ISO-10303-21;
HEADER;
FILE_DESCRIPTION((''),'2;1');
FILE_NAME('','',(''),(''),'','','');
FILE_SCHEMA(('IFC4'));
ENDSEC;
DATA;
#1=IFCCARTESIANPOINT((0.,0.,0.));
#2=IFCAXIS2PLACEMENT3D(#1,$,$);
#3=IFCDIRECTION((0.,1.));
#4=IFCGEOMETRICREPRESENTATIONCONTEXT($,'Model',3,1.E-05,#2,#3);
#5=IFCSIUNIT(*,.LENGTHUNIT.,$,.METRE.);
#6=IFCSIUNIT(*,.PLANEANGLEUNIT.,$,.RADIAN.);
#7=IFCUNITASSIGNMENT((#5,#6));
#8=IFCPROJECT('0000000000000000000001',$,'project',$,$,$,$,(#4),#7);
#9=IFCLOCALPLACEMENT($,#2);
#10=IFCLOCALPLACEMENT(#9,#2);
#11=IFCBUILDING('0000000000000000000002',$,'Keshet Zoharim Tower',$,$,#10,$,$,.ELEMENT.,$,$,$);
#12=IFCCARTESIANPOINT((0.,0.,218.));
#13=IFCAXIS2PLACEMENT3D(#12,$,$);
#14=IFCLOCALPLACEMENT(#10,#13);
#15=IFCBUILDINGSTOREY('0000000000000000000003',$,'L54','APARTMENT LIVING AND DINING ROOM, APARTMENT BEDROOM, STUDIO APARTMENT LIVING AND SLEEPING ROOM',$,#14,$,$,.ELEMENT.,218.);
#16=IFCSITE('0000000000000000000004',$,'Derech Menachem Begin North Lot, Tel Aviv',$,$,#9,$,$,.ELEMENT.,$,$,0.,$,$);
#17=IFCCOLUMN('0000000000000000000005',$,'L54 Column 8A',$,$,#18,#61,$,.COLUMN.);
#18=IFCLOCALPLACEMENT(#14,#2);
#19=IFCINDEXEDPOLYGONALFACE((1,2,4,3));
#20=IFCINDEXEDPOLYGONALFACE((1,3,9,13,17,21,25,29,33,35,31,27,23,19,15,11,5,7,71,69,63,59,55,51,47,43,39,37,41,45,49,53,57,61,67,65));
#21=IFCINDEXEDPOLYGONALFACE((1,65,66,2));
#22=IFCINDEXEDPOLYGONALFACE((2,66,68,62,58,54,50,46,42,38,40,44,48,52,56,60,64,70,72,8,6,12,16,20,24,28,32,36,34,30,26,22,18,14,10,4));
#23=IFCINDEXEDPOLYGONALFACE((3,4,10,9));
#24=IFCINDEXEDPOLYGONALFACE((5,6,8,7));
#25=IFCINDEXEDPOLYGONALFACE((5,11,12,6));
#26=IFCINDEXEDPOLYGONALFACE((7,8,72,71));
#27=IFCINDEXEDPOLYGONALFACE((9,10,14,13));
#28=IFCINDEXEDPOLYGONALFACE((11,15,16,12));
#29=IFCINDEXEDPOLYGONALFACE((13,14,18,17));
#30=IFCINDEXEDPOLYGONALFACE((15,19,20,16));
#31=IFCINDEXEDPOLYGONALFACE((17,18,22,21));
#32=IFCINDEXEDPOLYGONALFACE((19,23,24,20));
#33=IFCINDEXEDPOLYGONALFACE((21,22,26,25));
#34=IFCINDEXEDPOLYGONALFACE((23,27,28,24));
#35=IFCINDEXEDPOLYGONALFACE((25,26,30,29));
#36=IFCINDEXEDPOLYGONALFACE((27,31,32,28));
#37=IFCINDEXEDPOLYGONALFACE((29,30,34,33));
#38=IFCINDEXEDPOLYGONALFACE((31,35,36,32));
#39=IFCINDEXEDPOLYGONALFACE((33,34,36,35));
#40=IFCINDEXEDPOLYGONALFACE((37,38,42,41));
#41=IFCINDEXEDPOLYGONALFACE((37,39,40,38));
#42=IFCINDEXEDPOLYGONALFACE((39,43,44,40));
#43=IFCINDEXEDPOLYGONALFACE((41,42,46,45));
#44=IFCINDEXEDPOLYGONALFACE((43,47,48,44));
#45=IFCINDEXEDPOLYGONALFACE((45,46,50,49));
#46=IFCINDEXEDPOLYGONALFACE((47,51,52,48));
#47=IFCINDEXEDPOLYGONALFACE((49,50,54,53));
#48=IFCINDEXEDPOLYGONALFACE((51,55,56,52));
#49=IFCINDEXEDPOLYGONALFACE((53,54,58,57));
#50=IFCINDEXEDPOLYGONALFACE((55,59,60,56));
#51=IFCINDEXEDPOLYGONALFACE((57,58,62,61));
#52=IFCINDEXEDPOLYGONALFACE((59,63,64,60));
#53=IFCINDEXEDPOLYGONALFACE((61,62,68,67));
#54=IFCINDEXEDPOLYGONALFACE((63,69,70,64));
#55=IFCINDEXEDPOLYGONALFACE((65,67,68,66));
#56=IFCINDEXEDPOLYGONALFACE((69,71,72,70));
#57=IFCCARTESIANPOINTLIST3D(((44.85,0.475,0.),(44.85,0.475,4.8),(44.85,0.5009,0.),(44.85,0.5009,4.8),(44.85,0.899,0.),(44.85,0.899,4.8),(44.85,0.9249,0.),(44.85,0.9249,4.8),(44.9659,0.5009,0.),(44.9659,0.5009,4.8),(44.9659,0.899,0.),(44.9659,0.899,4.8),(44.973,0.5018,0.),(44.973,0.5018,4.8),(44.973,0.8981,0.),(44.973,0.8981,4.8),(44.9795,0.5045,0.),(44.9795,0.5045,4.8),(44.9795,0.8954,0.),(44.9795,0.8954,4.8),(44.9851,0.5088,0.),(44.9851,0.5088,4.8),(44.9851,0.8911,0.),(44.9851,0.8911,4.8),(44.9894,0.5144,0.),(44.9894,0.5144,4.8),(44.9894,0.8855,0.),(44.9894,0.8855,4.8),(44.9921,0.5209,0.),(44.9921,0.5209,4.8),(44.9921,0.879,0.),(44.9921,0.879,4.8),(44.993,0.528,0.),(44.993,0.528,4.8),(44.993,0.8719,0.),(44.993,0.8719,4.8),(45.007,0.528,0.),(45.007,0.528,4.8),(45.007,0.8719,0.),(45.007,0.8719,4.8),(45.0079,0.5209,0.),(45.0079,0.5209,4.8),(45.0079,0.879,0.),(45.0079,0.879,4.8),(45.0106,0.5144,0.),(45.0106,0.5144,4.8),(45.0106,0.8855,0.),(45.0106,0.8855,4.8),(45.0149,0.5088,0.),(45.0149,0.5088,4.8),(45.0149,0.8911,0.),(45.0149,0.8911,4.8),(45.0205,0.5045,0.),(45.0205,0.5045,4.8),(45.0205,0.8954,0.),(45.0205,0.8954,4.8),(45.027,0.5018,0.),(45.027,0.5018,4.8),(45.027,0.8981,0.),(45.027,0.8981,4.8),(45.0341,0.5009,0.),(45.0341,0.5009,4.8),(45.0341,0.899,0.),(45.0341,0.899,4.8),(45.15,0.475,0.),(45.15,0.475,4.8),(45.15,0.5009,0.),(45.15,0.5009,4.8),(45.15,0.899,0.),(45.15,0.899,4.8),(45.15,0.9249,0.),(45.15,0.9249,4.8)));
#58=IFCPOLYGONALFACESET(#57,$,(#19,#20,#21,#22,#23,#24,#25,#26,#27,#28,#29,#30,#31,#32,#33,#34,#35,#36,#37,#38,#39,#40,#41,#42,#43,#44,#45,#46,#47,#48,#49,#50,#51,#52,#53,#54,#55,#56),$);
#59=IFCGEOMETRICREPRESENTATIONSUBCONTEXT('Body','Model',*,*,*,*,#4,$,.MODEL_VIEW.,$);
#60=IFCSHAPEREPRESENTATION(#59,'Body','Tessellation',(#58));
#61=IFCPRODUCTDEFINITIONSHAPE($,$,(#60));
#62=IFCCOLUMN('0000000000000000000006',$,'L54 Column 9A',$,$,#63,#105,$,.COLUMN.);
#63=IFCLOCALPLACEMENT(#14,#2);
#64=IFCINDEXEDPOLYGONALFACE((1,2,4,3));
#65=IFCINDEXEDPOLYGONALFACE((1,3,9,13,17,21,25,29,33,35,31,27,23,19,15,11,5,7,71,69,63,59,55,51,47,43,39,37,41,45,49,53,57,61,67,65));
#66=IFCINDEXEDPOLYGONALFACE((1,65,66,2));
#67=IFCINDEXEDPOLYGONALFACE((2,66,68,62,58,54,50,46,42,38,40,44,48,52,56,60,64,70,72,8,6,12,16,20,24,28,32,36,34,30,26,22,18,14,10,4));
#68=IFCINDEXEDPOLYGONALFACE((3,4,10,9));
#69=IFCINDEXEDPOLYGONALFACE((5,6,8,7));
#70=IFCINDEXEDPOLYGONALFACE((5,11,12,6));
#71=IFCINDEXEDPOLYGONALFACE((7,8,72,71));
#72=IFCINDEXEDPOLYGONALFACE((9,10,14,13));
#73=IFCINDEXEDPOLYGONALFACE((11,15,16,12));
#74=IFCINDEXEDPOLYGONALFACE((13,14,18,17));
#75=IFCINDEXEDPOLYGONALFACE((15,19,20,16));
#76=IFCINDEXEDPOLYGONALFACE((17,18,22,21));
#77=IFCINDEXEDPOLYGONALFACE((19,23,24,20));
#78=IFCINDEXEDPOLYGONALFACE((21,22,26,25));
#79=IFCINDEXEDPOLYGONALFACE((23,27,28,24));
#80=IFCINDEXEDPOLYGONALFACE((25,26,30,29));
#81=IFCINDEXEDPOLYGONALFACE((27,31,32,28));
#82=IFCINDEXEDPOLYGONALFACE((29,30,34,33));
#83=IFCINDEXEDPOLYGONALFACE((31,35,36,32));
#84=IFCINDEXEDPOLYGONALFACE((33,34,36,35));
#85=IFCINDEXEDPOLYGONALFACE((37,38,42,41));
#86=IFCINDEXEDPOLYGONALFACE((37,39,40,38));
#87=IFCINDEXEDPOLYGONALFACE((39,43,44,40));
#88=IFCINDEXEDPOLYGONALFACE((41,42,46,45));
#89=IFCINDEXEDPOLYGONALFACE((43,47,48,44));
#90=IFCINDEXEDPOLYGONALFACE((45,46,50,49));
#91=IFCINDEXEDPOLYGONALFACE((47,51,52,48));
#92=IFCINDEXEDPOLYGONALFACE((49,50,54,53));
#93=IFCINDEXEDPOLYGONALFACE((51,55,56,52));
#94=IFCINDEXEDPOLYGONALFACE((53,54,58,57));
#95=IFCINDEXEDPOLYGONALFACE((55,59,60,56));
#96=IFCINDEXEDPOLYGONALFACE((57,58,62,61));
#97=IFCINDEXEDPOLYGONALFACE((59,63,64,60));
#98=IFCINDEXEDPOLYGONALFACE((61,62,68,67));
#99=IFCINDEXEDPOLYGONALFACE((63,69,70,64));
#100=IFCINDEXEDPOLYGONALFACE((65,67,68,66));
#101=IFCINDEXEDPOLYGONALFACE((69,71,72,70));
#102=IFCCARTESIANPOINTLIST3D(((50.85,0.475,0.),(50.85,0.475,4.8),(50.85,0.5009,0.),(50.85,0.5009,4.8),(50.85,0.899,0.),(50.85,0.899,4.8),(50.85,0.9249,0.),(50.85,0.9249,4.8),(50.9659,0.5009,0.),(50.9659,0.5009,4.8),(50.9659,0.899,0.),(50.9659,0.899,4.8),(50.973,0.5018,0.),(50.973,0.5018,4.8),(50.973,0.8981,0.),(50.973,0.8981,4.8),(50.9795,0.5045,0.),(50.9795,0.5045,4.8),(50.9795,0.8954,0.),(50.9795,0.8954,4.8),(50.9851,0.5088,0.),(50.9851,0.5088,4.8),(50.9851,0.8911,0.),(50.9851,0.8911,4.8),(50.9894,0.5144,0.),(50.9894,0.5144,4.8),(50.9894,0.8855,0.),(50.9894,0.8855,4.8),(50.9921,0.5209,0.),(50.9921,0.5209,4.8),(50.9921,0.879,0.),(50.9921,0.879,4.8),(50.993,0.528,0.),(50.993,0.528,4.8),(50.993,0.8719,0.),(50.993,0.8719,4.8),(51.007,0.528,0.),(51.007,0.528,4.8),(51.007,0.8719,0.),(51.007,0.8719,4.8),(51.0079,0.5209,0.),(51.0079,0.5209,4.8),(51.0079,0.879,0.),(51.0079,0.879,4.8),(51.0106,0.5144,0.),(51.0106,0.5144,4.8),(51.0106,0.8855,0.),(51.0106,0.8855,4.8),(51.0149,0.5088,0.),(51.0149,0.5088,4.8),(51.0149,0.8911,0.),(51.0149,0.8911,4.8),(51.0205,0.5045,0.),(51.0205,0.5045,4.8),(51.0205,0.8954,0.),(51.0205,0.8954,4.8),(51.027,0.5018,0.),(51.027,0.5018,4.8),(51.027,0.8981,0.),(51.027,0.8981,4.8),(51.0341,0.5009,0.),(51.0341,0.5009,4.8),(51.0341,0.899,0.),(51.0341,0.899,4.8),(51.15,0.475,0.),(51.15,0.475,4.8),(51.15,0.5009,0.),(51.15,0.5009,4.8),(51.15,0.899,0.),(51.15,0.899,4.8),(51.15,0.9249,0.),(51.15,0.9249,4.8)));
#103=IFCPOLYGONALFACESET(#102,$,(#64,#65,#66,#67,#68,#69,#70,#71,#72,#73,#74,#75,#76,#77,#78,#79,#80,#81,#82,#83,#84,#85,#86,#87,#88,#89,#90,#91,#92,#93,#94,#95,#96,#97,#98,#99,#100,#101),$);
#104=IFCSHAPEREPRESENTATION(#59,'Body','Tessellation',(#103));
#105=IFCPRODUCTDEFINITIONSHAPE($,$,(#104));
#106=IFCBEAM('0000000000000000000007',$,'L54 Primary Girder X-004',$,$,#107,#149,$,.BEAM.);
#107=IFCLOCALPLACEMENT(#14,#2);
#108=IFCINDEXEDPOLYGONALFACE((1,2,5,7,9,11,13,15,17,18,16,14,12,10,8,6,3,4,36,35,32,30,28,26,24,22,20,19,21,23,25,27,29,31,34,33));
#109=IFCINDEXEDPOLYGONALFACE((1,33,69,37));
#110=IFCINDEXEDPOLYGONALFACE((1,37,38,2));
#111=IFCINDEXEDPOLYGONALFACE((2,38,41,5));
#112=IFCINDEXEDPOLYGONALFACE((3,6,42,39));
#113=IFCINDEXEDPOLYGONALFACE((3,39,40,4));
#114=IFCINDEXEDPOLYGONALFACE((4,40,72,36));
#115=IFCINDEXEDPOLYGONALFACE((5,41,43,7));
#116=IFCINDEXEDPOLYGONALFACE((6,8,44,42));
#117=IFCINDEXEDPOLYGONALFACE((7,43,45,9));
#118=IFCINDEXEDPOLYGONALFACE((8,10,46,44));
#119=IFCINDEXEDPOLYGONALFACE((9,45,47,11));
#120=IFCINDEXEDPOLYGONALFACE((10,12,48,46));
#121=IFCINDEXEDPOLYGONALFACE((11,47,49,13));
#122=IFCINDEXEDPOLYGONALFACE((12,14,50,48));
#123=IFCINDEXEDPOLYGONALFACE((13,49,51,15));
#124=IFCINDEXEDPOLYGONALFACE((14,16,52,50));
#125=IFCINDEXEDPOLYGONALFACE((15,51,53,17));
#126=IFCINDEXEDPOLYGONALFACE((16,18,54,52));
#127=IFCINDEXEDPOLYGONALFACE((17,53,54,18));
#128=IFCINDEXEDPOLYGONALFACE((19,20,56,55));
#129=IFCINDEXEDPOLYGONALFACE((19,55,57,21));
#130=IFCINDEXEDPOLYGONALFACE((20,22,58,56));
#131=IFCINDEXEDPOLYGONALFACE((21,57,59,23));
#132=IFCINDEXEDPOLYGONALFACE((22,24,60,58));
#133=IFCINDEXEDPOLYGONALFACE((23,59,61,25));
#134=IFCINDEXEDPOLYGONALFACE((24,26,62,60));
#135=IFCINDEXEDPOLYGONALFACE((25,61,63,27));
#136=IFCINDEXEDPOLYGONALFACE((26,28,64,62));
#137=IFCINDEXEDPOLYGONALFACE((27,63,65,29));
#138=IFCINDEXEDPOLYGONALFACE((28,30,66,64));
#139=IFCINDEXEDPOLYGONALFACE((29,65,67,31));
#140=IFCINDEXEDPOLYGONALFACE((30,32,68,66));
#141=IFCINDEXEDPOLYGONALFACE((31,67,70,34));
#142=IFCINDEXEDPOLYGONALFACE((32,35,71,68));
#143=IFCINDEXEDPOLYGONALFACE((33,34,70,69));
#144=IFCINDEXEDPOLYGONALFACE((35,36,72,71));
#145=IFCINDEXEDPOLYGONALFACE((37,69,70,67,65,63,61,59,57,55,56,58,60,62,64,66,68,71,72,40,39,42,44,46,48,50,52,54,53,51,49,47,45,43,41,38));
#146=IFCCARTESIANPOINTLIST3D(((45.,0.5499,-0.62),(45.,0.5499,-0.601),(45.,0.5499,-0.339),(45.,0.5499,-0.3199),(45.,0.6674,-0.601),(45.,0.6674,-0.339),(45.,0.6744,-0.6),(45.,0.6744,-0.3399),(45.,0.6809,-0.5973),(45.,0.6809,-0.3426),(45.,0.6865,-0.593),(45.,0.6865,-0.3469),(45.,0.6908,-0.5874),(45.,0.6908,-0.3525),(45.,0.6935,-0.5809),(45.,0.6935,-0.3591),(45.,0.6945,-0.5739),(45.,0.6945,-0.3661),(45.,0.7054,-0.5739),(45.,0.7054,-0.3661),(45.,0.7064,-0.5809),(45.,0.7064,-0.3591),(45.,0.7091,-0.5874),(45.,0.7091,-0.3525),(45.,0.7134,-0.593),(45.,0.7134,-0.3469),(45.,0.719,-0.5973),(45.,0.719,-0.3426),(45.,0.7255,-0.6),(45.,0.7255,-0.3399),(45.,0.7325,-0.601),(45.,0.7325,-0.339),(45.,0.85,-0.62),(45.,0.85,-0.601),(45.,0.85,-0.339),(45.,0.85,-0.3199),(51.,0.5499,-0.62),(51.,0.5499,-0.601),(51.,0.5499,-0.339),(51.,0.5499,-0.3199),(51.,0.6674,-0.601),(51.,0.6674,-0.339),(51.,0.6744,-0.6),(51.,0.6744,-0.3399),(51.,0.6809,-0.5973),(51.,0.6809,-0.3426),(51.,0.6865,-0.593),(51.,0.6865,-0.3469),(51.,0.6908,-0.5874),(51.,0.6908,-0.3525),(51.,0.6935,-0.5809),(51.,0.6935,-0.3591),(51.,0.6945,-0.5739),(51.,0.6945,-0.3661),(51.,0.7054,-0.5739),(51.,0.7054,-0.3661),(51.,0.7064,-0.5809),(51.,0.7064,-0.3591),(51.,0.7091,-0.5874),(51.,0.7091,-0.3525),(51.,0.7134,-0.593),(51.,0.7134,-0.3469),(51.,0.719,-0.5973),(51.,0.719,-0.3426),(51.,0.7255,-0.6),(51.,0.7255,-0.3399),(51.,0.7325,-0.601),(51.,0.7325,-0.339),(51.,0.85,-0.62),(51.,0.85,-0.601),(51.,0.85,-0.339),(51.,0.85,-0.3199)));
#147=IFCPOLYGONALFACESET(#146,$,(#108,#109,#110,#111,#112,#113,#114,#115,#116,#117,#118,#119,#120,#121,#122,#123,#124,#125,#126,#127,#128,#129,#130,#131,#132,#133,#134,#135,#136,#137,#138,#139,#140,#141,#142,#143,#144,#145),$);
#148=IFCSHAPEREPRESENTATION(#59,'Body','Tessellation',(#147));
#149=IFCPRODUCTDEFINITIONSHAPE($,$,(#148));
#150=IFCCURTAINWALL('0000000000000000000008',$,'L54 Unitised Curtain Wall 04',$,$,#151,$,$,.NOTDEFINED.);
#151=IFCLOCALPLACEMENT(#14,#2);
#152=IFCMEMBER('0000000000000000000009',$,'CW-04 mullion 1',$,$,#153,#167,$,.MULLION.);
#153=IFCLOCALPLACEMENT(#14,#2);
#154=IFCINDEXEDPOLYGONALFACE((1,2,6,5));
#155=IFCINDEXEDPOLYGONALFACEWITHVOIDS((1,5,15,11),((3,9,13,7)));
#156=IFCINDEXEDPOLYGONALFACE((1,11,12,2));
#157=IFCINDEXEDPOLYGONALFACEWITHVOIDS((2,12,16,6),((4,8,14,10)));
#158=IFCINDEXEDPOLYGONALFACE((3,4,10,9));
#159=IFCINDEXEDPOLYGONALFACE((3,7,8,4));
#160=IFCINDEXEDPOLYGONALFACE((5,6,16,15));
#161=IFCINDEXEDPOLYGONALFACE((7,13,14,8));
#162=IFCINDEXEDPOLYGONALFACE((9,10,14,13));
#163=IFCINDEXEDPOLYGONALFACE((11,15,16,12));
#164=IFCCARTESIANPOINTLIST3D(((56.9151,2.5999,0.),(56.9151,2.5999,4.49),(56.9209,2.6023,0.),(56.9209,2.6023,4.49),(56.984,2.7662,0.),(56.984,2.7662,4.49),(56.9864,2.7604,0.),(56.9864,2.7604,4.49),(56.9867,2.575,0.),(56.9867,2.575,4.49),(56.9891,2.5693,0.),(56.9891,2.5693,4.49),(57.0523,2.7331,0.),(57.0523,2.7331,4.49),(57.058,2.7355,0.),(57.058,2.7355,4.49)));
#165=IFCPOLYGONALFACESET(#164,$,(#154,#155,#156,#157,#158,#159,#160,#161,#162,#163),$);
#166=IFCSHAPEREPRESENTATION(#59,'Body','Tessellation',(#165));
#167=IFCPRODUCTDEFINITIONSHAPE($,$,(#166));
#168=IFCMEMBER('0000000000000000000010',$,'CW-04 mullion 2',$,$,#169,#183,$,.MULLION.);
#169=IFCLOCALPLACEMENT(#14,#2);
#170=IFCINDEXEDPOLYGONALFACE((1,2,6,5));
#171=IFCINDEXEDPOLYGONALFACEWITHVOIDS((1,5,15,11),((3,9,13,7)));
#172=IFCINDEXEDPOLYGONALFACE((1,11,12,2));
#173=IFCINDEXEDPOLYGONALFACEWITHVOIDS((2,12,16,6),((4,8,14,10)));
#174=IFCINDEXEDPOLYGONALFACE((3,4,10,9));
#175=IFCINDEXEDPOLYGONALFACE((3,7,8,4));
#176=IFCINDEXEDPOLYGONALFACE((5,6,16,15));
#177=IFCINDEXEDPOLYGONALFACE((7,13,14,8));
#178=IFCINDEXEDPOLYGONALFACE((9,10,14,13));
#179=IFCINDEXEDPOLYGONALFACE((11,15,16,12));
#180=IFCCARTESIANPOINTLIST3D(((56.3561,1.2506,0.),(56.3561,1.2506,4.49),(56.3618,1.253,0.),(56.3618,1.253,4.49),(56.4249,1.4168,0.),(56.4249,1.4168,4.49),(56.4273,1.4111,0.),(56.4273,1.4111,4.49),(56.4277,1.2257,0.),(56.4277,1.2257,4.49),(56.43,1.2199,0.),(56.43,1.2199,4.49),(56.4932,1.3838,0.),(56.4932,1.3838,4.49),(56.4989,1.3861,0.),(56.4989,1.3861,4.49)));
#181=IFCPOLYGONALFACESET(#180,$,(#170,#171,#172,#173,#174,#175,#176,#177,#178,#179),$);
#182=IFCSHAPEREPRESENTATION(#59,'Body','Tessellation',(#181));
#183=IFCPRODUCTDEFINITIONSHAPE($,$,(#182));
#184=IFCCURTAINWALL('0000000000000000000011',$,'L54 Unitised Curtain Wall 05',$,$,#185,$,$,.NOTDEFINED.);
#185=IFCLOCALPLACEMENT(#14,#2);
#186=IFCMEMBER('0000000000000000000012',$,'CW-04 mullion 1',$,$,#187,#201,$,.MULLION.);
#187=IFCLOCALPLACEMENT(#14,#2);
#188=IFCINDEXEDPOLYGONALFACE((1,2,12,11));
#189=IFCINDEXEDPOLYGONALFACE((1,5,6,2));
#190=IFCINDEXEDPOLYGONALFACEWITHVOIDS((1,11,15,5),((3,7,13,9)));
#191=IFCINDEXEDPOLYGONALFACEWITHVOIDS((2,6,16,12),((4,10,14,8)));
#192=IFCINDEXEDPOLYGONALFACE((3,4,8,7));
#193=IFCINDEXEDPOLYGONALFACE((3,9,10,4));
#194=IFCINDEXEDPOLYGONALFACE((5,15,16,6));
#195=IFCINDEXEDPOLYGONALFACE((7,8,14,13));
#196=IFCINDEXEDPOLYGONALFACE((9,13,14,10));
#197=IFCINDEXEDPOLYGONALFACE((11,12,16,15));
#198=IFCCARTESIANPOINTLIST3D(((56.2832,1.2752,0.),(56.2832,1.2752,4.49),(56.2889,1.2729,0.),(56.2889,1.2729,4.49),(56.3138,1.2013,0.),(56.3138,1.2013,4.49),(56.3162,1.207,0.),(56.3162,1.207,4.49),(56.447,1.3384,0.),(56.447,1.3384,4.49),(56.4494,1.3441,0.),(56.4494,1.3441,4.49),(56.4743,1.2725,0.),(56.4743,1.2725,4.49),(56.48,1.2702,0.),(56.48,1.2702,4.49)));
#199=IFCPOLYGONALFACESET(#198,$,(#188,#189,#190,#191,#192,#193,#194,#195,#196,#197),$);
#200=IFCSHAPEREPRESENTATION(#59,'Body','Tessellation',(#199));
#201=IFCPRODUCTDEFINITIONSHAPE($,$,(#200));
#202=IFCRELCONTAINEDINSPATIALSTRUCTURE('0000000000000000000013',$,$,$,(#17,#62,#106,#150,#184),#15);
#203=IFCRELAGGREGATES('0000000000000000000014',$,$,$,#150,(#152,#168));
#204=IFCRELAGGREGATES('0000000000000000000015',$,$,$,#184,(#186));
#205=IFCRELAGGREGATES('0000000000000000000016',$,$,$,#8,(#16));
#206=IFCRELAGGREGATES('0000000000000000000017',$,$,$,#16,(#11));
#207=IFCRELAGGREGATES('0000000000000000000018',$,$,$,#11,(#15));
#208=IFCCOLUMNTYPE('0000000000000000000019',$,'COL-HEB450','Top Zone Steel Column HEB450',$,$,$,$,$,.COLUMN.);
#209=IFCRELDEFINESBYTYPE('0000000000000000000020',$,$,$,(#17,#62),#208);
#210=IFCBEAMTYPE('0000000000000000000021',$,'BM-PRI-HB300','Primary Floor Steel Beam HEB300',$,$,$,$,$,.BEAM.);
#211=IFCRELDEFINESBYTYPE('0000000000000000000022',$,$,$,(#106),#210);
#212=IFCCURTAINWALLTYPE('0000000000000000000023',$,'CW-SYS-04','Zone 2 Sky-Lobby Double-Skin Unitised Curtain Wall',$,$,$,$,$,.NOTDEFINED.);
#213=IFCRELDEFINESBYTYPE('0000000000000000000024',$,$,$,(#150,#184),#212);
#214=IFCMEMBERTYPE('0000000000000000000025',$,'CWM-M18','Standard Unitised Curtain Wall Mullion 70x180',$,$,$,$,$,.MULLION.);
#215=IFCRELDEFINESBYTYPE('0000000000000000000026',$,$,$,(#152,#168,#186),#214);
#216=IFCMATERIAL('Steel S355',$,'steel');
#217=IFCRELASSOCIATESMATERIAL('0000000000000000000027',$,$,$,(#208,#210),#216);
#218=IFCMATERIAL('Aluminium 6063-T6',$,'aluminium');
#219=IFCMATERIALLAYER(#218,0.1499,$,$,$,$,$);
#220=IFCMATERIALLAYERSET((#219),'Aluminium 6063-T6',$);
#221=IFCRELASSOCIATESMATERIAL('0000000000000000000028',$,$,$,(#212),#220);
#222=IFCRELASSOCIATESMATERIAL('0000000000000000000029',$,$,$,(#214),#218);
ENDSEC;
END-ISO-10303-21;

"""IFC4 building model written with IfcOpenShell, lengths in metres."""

from ifc_helpers import new_model, si_unit, direction, frame, origin, origin_2d, place, context, subcontext, project, spatial, hollow_rectangle, i_section, extrude, material, layer, layer_set, material_profile, profile_set, type_object, element, aggregate, save


model = new_model("IFC4")

# Units and contexts
model_context = context("Model", 3, precision=1e-05, world=origin(), true_north=direction((0.0, 1.0)))
body_context = subcontext(model_context, "Body", "Model", "MODEL_VIEW")
ifc_project = project(units=[si_unit("LENGTHUNIT", "METRE"), si_unit("PLANEANGLEUNIT", "RADIAN")], contexts=[model_context])

# Site, building, storey
site_placement = place(None, origin())
site = spatial("IfcSite", under=ifc_project, at=site_placement, Name="Derech Menachem Begin North Lot, Tel Aviv", CompositionType="ELEMENT", RefElevation=0.0)
building_placement = place(site_placement, origin())
building = spatial("IfcBuilding", under=site, at=building_placement, Name="Keshet Zoharim Tower", CompositionType="ELEMENT")
storey_placement = place(building_placement, frame((0.0, 0.0, 218.0)))
storey = spatial("IfcBuildingStorey", under=building, at=storey_placement, Name="L54", Description="APARTMENT LIVING AND DINING ROOM, APARTMENT BEDROOM, STUDIO APARTMENT LIVING AND SLEEPING ROOM", CompositionType="ELEMENT", Elevation=218.0)

# Columns
ifc_material_1 = material(Name="Steel S355", Category="steel")
ifc_material_profile_1 = material_profile(ifc_material_1, i_section(OverallWidth=0.3, OverallDepth=0.45, WebThickness=0.0139, FlangeThickness=0.0259, FilletRadius=0.0271, at=origin_2d()), Name="HEB450")
ifc_profile_set_1 = profile_set([ifc_material_profile_1], Name="Steel S355")
column_type = type_object("IfcColumnType", Name="COL-HEB450", Description="Top Zone Steel Column HEB450", PredefinedType="COLUMN", material=ifc_profile_set_1)
for number, where, z_axis, x_axis, name in (
    (1, (45.0, 0.7, 0.0), (0.0, 0.0, 1.0), (1.0, 0.0, 0.0), "L54 Column 8A"),
    (2, (51.0, 0.7, 0.0), (0.0, 0.0, 1.0), (1.0, 0.0, 0.0), "L54 Column 9A"),
):
    element("IfcColumn", number, at=place(storey_placement, frame(where, z_axis=z_axis, x_axis=x_axis)), inside=storey, type_object=column_type, Name=name, PredefinedType="COLUMN", context=body_context, shape_type="SweptSolid", body=[
        extrude(i_section(OverallWidth=0.3, OverallDepth=0.45, WebThickness=0.0139, FlangeThickness=0.0259, FilletRadius=0.0271, at=origin_2d()), origin(), (0.0, 0.0, 1.0), 4.8),
    ])

# Beam
ifc_material_profile_2 = material_profile(ifc_material_1, i_section(OverallWidth=0.3, OverallDepth=0.3, WebThickness=0.011, FlangeThickness=0.019, FilletRadius=0.0271, at=origin_2d()), Name="HEB300")
ifc_profile_set_2 = profile_set([ifc_material_profile_2], Name="Steel S355")
beam_type = type_object("IfcBeamType", Name="BM-PRI-HB300", Description="Primary Floor Steel Beam HEB300", PredefinedType="BEAM", material=ifc_profile_set_2)
beam_placement = place(storey_placement, frame((45.0, 0.7, -0.47), z_axis=(1.0, 0.0, 0.0), x_axis=(0.0, 1.0, 0.0)))
element("IfcBeam", 3, at=beam_placement, inside=storey, type_object=beam_type, Name="L54 Primary Girder X-004", PredefinedType="BEAM", context=body_context, shape_type="SweptSolid", body=[
    extrude(i_section(OverallWidth=0.3, OverallDepth=0.3, WebThickness=0.011, FlangeThickness=0.019, FilletRadius=0.0271, at=origin_2d()), origin(), (0.0, 0.0, 1.0), 6.0),
])

# Curtain walls, members
ifc_material_2 = material(Name="Aluminium 6063-T6", Category="aluminium")
ifc_layer_1 = layer(ifc_material_2, 0.1499)
ifc_layer_set_1 = layer_set([ifc_layer_1], Name="Aluminium 6063-T6")
curtain_wall_type = type_object("IfcCurtainWallType", Name="CW-SYS-04", Description="Zone 2 Sky-Lobby Double-Skin Unitised Curtain Wall", PredefinedType="NOTDEFINED", material=ifc_layer_set_1)
curtain_wall_1_placement = place(storey_placement, origin())
curtain_wall_1 = element("IfcCurtainWall", 4, at=curtain_wall_1_placement, inside=storey, type_object=curtain_wall_type, Name="L54 Unitised Curtain Wall 04", PredefinedType="NOTDEFINED")
ifc_material_profile_3 = material_profile(ifc_material_2, hollow_rectangle(XDim=0.0801, YDim=0.1799, WallThickness=0.0044, at=origin_2d()), Name="MUL-80x180")
ifc_profile_set_3 = profile_set([ifc_material_profile_3], Name="Aluminium 6063-T6")
member_type_1 = type_object("IfcMemberType", Name="CWM-M18", Description="Standard Unitised Curtain Wall Mullion 70x180", PredefinedType="MULLION", material=ifc_profile_set_3)
member_1_placement = place(storey_placement, frame((56.9866, 2.6677, 0.0), z_axis=(0.0, 0.0, 1.0), x_axis=(0.92381, -0.382852, 0.0)))
member_1 = element("IfcMember", 5, at=member_1_placement, type_object=member_type_1, Name="CW-04 mullion 1", PredefinedType="MULLION", context=body_context, shape_type="SweptSolid", body=[
    extrude(hollow_rectangle(XDim=0.0801, YDim=0.1799, WallThickness=0.0044, at=origin_2d()), origin(), (0.0, 0.0, 1.0), 4.49),
])
member_2_placement = place(storey_placement, frame((56.4275, 1.3184, 0.0), z_axis=(0.0, 0.0, 1.0), x_axis=(0.92381, -0.382852, 0.0)))
member_2 = element("IfcMember", 6, at=member_2_placement, type_object=member_type_1, Name="CW-04 mullion 2", PredefinedType="MULLION", context=body_context, shape_type="SweptSolid", body=[
    extrude(hollow_rectangle(XDim=0.0801, YDim=0.1799, WallThickness=0.0044, at=origin_2d()), origin(), (0.0, 0.0, 1.0), 4.49),
])
curtain_wall_2_placement = place(storey_placement, origin())
curtain_wall_2 = element("IfcCurtainWall", 7, at=curtain_wall_2_placement, inside=storey, type_object=curtain_wall_type, Name="L54 Unitised Curtain Wall 05", PredefinedType="NOTDEFINED")
member_3_placement = place(storey_placement, frame((56.3816, 1.2727, 0.0), z_axis=(0.0, 0.0, 1.0), x_axis=(0.382852, -0.92381, 0.0)))
member_3 = element("IfcMember", 8, at=member_3_placement, type_object=member_type_1, Name="CW-04 mullion 1", PredefinedType="MULLION", context=body_context, shape_type="SweptSolid", body=[
    extrude(hollow_rectangle(XDim=0.0801, YDim=0.1799, WallThickness=0.0044, at=origin_2d()), origin(), (0.0, 0.0, 1.0), 4.49),
])

aggregate(curtain_wall_1, [member_1, member_2])
aggregate(curtain_wall_2, [member_3])

save(model, "model.ifc")
